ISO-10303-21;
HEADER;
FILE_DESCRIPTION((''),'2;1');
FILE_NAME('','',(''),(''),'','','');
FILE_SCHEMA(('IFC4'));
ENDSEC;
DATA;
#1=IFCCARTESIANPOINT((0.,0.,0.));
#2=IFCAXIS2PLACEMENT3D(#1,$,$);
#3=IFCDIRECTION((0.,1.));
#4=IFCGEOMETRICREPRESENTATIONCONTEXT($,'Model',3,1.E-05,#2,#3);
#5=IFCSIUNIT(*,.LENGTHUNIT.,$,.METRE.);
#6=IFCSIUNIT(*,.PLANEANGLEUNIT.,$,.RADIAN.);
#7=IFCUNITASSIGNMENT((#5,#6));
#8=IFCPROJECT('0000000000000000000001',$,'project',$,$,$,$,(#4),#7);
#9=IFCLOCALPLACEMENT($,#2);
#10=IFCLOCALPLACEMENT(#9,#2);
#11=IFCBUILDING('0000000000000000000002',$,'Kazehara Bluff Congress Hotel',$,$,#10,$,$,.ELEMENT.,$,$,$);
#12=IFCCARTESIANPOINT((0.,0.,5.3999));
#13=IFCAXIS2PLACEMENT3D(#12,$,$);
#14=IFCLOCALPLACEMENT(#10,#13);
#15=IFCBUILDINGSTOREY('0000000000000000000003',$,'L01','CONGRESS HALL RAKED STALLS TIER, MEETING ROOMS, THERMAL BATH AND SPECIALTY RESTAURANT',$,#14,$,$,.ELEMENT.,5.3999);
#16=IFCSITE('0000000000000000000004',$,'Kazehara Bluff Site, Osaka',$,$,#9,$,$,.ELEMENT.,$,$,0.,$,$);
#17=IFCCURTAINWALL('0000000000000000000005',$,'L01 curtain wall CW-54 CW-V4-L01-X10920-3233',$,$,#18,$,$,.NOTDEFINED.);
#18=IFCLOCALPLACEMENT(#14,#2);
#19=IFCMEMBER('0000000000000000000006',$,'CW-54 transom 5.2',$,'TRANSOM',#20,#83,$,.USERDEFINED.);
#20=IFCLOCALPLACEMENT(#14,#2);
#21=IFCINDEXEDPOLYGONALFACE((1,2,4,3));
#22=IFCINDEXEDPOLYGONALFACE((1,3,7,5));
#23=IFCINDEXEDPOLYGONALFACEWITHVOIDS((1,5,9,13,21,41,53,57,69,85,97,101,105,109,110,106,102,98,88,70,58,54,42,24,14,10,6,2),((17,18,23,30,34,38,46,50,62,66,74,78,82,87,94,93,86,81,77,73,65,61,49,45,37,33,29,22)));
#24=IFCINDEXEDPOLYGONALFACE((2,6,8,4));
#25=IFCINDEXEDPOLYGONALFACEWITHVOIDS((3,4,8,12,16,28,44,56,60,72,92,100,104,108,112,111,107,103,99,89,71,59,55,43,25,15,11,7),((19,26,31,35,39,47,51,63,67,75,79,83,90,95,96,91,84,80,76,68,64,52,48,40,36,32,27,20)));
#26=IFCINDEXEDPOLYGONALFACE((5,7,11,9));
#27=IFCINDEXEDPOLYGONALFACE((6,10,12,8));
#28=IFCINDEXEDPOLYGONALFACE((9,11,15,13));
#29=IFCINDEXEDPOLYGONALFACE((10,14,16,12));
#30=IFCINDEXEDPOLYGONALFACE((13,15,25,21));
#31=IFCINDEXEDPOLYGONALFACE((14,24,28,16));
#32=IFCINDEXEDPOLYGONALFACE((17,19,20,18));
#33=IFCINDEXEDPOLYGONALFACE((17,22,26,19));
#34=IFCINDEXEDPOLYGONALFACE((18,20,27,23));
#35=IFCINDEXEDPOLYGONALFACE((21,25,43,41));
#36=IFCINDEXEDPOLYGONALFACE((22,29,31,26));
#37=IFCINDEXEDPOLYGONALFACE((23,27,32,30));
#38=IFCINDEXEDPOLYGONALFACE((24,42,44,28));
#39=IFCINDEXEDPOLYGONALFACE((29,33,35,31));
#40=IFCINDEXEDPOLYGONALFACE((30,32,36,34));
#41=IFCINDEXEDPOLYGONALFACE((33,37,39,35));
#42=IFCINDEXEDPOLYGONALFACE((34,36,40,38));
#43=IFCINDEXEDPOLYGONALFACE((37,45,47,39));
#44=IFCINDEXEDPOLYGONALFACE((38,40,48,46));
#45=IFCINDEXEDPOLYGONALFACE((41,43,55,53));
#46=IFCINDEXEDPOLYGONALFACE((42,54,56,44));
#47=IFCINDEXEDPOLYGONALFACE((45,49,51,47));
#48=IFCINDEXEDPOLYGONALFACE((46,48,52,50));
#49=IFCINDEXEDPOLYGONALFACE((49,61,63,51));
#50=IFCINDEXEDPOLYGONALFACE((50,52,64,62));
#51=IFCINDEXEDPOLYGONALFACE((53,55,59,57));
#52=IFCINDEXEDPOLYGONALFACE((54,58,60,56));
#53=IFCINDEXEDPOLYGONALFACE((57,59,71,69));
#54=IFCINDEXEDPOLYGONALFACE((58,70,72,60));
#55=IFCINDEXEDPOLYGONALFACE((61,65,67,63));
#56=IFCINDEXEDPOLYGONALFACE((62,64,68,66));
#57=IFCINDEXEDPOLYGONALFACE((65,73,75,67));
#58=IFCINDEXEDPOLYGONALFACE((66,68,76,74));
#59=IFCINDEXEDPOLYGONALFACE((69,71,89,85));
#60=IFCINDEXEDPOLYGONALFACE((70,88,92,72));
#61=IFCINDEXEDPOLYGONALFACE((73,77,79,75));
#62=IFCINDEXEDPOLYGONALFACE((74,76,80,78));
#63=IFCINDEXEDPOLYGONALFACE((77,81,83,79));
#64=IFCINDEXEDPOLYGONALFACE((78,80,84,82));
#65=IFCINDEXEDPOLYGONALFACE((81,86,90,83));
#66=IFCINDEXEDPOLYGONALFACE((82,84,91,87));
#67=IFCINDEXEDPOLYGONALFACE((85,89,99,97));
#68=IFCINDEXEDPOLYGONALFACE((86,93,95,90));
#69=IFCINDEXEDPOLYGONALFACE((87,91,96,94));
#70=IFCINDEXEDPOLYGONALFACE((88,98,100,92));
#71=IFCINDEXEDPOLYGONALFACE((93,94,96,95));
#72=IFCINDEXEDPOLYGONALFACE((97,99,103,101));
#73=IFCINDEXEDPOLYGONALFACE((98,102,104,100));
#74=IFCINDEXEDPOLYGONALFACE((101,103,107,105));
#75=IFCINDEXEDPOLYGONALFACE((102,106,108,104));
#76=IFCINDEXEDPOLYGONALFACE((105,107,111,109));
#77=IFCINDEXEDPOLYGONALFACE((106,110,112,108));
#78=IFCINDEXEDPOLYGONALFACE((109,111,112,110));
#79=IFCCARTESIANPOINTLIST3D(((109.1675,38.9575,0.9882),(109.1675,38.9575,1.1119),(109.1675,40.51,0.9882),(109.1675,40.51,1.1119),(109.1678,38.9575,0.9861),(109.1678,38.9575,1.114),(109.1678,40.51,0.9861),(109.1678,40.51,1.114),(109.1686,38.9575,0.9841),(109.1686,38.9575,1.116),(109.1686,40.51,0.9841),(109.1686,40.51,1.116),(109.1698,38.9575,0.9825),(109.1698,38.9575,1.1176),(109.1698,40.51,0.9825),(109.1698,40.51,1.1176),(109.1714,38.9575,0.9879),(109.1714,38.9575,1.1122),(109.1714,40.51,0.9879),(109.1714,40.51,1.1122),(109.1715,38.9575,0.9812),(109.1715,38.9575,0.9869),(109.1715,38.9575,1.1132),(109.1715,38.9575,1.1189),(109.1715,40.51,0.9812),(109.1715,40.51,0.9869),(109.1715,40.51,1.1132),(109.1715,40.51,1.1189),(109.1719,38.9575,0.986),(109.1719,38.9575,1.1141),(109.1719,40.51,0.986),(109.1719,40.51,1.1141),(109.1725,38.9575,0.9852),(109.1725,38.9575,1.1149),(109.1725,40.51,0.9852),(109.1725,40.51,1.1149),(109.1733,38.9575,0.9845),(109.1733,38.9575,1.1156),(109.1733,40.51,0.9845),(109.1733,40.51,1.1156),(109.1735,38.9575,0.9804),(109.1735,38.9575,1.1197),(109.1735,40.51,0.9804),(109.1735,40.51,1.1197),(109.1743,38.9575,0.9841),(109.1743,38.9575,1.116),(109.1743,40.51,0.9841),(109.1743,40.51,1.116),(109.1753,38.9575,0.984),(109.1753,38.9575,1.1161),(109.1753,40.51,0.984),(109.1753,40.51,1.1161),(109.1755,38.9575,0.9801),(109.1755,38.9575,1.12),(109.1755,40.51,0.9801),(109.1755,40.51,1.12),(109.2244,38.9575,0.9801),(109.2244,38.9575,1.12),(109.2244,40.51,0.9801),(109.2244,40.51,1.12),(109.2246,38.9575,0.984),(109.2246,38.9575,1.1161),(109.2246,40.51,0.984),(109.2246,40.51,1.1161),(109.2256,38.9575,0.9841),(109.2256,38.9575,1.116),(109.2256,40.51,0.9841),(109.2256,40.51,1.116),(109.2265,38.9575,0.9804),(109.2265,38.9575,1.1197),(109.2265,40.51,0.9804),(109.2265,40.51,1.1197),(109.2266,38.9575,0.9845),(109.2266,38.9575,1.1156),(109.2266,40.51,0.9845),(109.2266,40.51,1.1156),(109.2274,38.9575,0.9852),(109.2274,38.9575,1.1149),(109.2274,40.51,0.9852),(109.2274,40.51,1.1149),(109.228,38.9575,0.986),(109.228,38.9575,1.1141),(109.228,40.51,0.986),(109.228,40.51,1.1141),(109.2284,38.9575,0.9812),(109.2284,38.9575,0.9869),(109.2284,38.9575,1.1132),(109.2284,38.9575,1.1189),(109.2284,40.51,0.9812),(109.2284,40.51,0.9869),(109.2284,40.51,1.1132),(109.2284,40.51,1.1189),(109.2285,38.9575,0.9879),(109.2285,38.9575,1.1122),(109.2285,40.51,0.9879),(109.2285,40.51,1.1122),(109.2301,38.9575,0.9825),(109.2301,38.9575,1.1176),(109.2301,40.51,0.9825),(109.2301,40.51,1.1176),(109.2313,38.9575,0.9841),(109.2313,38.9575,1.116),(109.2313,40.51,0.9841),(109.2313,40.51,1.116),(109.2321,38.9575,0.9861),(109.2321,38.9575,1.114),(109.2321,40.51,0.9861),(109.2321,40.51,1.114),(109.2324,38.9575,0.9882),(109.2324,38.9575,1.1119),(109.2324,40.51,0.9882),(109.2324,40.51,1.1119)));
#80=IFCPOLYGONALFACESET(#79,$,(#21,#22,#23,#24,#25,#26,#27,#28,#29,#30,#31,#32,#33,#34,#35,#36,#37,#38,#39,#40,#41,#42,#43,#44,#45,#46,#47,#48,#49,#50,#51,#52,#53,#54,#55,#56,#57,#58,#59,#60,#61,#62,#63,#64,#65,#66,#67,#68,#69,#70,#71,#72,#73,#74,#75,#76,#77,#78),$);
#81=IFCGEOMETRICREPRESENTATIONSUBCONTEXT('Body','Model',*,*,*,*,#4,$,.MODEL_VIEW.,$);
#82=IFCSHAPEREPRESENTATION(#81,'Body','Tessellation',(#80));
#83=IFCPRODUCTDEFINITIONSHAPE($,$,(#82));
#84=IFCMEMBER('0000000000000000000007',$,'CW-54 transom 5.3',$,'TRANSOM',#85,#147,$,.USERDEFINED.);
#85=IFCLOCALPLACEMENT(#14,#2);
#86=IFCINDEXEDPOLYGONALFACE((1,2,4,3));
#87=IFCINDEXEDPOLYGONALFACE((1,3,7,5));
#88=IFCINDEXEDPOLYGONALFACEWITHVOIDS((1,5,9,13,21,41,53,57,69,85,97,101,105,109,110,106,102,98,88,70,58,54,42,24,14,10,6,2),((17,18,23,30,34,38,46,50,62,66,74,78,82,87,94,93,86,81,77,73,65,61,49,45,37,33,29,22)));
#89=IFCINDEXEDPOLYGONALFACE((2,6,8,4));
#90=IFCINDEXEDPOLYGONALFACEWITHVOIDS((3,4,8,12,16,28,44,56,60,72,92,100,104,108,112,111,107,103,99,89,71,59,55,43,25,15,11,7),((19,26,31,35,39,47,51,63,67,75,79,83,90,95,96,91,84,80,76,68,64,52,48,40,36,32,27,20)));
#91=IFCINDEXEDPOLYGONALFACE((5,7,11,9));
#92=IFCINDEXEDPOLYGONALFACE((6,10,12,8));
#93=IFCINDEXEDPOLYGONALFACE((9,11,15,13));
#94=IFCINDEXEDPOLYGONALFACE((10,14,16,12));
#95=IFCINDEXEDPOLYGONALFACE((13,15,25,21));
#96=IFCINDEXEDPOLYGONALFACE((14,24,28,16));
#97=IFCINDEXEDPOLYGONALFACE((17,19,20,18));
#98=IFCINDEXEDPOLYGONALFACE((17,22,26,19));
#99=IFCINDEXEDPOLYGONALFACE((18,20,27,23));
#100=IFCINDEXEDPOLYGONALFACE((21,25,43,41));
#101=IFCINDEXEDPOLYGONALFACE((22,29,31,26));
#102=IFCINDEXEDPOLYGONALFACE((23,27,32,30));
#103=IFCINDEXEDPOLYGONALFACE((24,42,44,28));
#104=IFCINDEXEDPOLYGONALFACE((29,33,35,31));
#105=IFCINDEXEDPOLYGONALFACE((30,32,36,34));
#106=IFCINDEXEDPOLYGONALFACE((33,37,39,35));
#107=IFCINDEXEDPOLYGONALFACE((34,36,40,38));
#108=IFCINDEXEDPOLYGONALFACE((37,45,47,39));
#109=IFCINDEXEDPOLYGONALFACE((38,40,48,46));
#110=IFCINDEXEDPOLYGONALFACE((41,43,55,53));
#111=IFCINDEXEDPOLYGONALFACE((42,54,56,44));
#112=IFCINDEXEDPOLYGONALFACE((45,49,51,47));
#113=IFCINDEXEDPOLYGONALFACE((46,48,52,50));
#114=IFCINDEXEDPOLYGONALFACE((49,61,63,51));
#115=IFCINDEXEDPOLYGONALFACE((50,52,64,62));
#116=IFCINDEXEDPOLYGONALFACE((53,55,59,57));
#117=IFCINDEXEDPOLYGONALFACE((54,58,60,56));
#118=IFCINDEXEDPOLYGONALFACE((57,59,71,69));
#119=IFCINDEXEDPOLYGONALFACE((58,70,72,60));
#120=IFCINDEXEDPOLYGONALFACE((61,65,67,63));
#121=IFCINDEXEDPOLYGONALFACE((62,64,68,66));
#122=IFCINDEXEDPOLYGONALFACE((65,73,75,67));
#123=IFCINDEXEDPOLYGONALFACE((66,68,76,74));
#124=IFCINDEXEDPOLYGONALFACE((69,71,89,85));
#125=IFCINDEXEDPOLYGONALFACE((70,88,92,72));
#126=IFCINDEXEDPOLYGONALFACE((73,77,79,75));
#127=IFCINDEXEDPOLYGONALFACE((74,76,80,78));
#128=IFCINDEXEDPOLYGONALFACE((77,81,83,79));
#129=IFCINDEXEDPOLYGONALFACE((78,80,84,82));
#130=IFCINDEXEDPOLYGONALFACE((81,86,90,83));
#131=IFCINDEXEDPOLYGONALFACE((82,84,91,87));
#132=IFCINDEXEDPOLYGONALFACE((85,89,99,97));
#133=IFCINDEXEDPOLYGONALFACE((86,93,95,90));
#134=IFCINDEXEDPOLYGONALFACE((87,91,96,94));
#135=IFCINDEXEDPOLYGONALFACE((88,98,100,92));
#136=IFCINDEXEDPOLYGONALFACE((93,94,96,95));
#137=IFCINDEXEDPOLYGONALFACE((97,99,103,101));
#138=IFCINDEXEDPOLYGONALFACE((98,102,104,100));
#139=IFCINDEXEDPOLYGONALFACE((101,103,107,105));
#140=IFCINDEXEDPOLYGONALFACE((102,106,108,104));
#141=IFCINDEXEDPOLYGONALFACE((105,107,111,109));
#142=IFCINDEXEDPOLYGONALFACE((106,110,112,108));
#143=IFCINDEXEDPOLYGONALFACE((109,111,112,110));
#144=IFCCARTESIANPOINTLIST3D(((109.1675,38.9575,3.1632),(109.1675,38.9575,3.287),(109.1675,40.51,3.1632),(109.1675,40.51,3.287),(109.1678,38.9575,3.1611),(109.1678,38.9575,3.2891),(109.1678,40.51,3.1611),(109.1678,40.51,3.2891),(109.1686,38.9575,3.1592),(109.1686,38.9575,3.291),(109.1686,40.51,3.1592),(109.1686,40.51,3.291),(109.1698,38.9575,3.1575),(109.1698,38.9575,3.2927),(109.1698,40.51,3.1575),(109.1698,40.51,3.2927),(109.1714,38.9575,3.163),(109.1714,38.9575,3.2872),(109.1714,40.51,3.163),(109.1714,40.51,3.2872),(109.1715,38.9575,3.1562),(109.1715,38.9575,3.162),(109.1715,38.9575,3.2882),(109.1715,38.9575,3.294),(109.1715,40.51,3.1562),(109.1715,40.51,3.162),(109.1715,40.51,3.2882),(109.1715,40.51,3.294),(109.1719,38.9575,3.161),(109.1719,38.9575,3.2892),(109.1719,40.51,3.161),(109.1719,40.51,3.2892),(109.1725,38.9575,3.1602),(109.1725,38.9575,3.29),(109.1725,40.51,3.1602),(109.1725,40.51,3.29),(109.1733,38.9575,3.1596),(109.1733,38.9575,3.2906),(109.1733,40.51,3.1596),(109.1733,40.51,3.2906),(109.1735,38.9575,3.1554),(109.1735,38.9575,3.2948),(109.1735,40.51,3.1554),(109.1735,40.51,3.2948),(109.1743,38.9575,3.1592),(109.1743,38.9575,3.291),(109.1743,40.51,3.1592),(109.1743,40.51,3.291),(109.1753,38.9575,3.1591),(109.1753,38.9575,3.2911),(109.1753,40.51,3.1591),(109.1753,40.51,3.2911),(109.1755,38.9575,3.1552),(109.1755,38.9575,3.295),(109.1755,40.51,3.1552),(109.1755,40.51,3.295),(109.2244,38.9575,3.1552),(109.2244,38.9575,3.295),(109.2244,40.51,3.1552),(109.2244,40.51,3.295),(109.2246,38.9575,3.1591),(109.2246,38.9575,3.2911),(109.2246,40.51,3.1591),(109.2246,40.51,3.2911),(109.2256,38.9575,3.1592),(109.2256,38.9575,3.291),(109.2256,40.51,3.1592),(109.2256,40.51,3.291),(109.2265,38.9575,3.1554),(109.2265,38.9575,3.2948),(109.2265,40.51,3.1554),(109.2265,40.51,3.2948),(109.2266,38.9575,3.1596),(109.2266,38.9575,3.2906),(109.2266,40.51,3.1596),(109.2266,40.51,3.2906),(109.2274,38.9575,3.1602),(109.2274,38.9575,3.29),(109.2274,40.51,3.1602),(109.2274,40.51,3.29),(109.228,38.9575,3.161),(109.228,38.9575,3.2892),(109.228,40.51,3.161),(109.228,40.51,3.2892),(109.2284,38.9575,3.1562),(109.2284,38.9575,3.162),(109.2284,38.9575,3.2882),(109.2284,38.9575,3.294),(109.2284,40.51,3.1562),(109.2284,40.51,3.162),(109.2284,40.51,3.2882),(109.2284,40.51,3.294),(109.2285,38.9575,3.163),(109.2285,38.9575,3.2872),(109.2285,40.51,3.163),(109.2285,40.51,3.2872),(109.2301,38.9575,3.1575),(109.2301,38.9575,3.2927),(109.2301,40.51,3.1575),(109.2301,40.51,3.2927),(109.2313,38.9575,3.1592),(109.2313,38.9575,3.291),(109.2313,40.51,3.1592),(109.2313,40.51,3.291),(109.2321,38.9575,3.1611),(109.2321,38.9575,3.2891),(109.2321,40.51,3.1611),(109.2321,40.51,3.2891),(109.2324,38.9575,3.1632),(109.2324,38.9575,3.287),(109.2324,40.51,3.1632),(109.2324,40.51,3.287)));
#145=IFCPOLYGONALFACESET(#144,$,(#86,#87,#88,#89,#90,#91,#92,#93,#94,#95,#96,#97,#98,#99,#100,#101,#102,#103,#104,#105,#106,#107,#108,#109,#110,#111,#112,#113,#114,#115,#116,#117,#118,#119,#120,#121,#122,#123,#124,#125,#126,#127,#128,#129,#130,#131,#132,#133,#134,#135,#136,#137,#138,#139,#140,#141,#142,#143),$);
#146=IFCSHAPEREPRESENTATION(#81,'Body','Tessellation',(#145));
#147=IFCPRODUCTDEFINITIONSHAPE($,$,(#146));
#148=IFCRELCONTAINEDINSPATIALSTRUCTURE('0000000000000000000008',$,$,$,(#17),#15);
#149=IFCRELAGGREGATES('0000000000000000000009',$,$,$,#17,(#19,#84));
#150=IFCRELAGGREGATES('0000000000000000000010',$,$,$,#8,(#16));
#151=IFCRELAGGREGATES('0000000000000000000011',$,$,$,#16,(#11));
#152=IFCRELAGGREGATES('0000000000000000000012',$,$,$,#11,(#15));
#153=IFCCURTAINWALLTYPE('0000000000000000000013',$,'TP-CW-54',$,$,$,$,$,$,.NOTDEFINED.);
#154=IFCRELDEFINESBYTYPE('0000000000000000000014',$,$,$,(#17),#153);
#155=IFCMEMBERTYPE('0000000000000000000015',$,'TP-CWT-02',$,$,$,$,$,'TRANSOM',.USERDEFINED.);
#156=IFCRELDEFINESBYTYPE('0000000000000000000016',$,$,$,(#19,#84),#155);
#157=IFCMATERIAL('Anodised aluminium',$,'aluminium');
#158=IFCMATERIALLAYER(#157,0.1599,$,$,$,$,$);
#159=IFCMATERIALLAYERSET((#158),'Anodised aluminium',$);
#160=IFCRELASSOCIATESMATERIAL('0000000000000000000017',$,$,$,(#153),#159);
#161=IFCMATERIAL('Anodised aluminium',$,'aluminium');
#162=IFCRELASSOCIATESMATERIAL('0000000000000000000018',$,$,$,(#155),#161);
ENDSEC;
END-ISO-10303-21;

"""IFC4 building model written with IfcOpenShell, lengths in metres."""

from ifc_helpers import new_model, si_unit, direction, frame, origin, origin_2d, place, context, subcontext, project, spatial, hollow_rectangle, extrude, material, layer, layer_set, material_profile, profile_set, type_object, element, aggregate, save


model = new_model("IFC4")

# Units and contexts
model_context = context("Model", 3, precision=1e-05, world=origin(), true_north=direction((0.0, 1.0)))
body_context = subcontext(model_context, "Body", "Model", "MODEL_VIEW")
ifc_project = project(units=[si_unit("LENGTHUNIT", "METRE"), si_unit("PLANEANGLEUNIT", "RADIAN")], contexts=[model_context])

# Site, building, storey
site_placement = place(None, origin())
site = spatial("IfcSite", under=ifc_project, at=site_placement, Name="Kazehara Bluff Site, Osaka", CompositionType="ELEMENT", RefElevation=0.0)
building_placement = place(site_placement, origin())
building = spatial("IfcBuilding", under=site, at=building_placement, Name="Kazehara Bluff Congress Hotel", CompositionType="ELEMENT")
storey_placement = place(building_placement, frame((0.0, 0.0, 5.3999)))
storey = spatial("IfcBuildingStorey", under=building, at=storey_placement, Name="L01", Description="CONGRESS HALL RAKED STALLS TIER, MEETING ROOMS, THERMAL BATH AND SPECIALTY RESTAURANT", CompositionType="ELEMENT", Elevation=5.3999)

# Curtain wall
ifc_material_1 = material(Name="Anodised aluminium", Category="aluminium")
ifc_layer_1 = layer(ifc_material_1, 0.1599)
ifc_layer_set_1 = layer_set([ifc_layer_1], Name="Anodised aluminium")
curtain_wall_type_1 = type_object("IfcCurtainWallType", Name="TP-CW-54", PredefinedType="NOTDEFINED", material=ifc_layer_set_1)
curtain_wall_1_placement = place(storey_placement, origin())
curtain_wall_1 = element("IfcCurtainWall", 1, at=curtain_wall_1_placement, inside=storey, type_object=curtain_wall_type_1, Name="L01 curtain wall CW-54 CW-V4-L01-X10920-3233", PredefinedType="NOTDEFINED")

# Members
ifc_material_2 = material(Name="Anodised aluminium", Category="aluminium")
ifc_material_profile_1 = material_profile(ifc_material_2, hollow_rectangle(XDim=0.0649, YDim=0.1399, WallThickness=0.0039, InnerFilletRadius=0.0039, OuterFilletRadius=0.0081, at=origin_2d()))
ifc_profile_set_1 = profile_set([ifc_material_profile_1], Name="Anodised aluminium")
member_type_1 = type_object("IfcMemberType", Name="TP-CWT-02", ElementType="TRANSOM", PredefinedType="USERDEFINED", material=ifc_profile_set_1)
member_1_placement = place(storey_placement, frame((109.2, 38.9575, 1.05), z_axis=(0.0, 1.0, 0.0), x_axis=(-1.0, 0.0, 0.0)))
member_1 = element("IfcMember", 2, at=member_1_placement, type_object=member_type_1, Name="CW-54 transom 5.2", ObjectType="TRANSOM", PredefinedType="USERDEFINED", context=body_context, shape_type="SweptSolid", body=[
    extrude(hollow_rectangle(XDim=0.0649, YDim=0.1399, WallThickness=0.0039, InnerFilletRadius=0.0039, OuterFilletRadius=0.0081, at=origin_2d()), origin(), (0.0, 0.0, 1.0), 1.5525),
])
member_2_placement = place(storey_placement, frame((109.2, 38.9575, 3.2251), z_axis=(0.0, 1.0, 0.0), x_axis=(-1.0, 0.0, 0.0)))
member_2 = element("IfcMember", 3, at=member_2_placement, type_object=member_type_1, Name="CW-54 transom 5.3", ObjectType="TRANSOM", PredefinedType="USERDEFINED", context=body_context, shape_type="SweptSolid", body=[
    extrude(hollow_rectangle(XDim=0.0649, YDim=0.1399, WallThickness=0.0039, InnerFilletRadius=0.0039, OuterFilletRadius=0.0081, at=origin_2d()), origin(), (0.0, 0.0, 1.0), 1.5525),
])

aggregate(curtain_wall_1, [member_1, member_2])

save(model, "model.ifc")
